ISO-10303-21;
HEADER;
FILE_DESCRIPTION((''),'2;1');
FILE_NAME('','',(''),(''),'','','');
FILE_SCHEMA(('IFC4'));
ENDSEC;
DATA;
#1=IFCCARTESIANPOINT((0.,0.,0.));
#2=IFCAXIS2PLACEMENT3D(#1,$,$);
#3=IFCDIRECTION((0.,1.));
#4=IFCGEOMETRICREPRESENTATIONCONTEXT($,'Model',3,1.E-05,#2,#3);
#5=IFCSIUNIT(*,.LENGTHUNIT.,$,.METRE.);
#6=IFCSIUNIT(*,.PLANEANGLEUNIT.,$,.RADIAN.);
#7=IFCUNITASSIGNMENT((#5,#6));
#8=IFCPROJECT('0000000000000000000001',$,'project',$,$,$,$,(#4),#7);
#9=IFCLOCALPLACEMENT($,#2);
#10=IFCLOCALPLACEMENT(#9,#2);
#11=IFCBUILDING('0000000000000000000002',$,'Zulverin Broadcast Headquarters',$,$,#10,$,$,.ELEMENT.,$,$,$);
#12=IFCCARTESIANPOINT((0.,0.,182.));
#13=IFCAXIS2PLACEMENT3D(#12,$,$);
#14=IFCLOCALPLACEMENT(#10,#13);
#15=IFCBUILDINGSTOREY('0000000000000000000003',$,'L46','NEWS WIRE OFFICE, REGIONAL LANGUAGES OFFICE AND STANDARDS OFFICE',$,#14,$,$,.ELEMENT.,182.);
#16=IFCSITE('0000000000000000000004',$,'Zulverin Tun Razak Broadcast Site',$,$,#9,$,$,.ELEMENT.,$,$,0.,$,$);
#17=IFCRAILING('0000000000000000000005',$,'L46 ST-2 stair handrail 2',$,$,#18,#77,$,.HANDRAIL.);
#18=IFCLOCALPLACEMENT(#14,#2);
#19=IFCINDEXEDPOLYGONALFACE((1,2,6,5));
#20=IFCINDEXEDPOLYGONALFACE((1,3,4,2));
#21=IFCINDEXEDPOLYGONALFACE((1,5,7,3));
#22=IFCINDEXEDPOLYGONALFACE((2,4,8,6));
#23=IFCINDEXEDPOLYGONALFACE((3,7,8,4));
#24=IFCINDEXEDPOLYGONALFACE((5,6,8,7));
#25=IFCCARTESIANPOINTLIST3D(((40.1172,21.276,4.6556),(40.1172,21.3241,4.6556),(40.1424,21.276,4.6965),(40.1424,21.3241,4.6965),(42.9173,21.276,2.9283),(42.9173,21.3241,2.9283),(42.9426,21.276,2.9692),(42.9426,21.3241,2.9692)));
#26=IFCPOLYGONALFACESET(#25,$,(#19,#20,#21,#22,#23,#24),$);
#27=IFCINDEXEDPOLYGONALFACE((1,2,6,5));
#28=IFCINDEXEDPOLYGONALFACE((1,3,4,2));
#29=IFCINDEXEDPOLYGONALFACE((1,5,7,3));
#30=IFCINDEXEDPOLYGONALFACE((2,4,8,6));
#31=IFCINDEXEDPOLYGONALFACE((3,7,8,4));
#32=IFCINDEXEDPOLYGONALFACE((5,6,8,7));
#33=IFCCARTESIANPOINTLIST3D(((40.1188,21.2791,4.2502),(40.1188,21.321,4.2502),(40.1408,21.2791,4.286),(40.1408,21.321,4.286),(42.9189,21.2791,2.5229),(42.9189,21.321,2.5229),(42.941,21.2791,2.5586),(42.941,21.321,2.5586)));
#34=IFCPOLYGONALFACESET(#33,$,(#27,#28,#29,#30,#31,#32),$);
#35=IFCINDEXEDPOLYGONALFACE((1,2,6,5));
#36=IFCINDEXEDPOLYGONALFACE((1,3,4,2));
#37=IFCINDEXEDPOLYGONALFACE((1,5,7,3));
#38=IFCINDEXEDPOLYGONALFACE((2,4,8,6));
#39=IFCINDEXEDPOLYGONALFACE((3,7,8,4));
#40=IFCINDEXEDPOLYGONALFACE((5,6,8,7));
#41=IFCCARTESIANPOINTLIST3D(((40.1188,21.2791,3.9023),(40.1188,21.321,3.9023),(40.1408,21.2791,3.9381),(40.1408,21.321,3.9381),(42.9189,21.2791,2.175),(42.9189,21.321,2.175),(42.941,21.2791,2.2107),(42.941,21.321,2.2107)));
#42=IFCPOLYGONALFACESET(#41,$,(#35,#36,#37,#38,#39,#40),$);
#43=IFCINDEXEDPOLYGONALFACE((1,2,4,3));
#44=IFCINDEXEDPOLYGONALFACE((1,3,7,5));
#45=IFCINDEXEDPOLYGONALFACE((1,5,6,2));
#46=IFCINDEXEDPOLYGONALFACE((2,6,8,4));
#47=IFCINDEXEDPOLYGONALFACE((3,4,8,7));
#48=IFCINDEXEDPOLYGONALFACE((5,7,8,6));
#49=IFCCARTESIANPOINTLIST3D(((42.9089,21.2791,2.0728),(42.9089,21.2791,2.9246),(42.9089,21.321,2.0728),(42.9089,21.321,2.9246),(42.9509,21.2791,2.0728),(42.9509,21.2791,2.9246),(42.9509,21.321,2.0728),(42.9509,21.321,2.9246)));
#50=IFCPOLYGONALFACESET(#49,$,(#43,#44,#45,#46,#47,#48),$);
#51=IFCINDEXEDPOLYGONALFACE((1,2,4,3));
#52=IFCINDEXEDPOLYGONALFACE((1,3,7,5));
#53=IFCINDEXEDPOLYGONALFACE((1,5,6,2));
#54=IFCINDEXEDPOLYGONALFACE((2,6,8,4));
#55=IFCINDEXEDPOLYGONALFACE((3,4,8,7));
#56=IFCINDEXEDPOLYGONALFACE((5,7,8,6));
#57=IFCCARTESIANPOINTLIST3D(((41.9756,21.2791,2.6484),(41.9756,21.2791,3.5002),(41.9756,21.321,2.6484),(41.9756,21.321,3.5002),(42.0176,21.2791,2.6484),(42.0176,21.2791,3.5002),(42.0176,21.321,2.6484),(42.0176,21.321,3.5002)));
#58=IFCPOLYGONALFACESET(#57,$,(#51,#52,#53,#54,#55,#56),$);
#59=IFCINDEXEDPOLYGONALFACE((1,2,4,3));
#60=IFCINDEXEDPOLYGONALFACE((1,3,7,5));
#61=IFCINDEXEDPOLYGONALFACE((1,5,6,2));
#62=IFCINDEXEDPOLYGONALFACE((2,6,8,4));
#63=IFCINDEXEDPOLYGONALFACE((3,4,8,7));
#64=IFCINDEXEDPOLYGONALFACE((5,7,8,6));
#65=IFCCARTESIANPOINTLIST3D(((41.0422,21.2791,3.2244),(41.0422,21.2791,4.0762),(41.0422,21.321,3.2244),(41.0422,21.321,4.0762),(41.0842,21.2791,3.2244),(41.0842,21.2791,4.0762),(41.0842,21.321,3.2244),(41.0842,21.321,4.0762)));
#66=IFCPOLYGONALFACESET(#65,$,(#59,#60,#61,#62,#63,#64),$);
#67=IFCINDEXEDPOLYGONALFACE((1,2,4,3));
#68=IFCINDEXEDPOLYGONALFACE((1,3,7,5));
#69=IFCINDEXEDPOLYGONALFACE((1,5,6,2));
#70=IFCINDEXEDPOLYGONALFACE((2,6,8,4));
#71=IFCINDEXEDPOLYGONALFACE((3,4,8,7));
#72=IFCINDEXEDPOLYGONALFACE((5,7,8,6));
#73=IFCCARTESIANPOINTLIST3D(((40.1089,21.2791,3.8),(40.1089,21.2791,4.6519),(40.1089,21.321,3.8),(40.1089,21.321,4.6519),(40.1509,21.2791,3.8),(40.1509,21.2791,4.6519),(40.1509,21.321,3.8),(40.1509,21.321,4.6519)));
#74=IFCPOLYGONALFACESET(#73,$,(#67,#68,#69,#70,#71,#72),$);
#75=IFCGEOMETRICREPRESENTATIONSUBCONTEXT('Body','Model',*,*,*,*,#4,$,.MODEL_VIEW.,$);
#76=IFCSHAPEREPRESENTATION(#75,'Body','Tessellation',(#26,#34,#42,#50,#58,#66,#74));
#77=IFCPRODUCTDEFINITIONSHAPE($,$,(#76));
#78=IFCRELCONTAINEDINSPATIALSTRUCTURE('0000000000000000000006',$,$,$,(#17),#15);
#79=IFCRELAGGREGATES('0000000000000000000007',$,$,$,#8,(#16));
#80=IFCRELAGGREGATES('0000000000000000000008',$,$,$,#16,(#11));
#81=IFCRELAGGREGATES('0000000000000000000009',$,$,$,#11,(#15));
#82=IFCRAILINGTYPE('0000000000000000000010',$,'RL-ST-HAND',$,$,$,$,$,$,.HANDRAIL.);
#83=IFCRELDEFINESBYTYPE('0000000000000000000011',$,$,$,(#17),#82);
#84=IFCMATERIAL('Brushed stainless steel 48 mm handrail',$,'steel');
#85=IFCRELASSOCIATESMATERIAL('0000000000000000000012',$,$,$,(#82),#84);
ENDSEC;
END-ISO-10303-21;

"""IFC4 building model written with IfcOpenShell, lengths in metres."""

from ifc_helpers import new_model, si_unit, direction, frame, origin, origin_2d, place, context, subcontext, project, spatial, rectangle, extrude, material, type_object, element, save


model = new_model("IFC4")

# Units and contexts
model_context = context("Model", 3, precision=1e-05, world=origin(), true_north=direction((0.0, 1.0)))
body_context = subcontext(model_context, "Body", "Model", "MODEL_VIEW")
ifc_project = project(units=[si_unit("LENGTHUNIT", "METRE"), si_unit("PLANEANGLEUNIT", "RADIAN")], contexts=[model_context])

# Site, building, storey
site_placement = place(None, origin())
site = spatial("IfcSite", under=ifc_project, at=site_placement, Name="Zulverin Tun Razak Broadcast Site", CompositionType="ELEMENT", RefElevation=0.0)
building_placement = place(site_placement, origin())
building = spatial("IfcBuilding", under=site, at=building_placement, Name="Zulverin Broadcast Headquarters", CompositionType="ELEMENT")
storey_placement = place(building_placement, frame((0.0, 0.0, 182.0)))
storey = spatial("IfcBuildingStorey", under=building, at=storey_placement, Name="L46", Description="NEWS WIRE OFFICE, REGIONAL LANGUAGES OFFICE AND STANDARDS OFFICE", CompositionType="ELEMENT", Elevation=182.0)

# Railing
ifc_material_1 = material(Name="Brushed stainless steel 48 mm handrail", Category="steel")
railing_type_1 = type_object("IfcRailingType", Name="RL-ST-HAND", PredefinedType="HANDRAIL", material=ifc_material_1)
railing_1_placement = place(storey_placement, frame((42.9299, 21.3, 2.0728)))
element("IfcRailing", 1, at=railing_1_placement, inside=storey, type_object=railing_type_1, Name="L46 ST-2 stair handrail 2", PredefinedType="HANDRAIL", context=body_context, shape_type="SweptSolid", body=[
    extrude(rectangle(XDim=0.0481, YDim=0.0481, at=origin_2d()), frame((0.0, 0.0, 0.876), z_axis=(-0.85109, 0.0, 0.52502), x_axis=(0.0, -1.0, 0.0)), (0.0, 0.0, 1.0), 3.29),
    extrude(rectangle(XDim=0.042, YDim=0.042, at=origin_2d()), frame((0.0, 0.0, 0.468), z_axis=(-0.85109, 0.0, 0.52502), x_axis=(0.0, -1.0, 0.0)), (0.0, 0.0, 1.0), 3.29),
    extrude(rectangle(XDim=0.042, YDim=0.042, at=origin_2d()), frame((0.0, 0.0, 0.1201), z_axis=(-0.85109, 0.0, 0.52502), x_axis=(0.0, -1.0, 0.0)), (0.0, 0.0, 1.0), 3.29),
    extrude(rectangle(XDim=0.042, YDim=0.042, at=origin_2d()), origin(), (0.0, 0.0, 1.0), 0.8518),
    extrude(rectangle(XDim=0.042, YDim=0.042, at=origin_2d()), frame((-0.9333, 0.0, 0.5757)), (0.0, 0.0, 1.0), 0.8518),
    extrude(rectangle(XDim=0.042, YDim=0.042, at=origin_2d()), frame((-1.8667, 0.0, 1.1516)), (0.0, 0.0, 1.0), 0.8518),
    extrude(rectangle(XDim=0.042, YDim=0.042, at=origin_2d()), frame((-2.8, 0.0, 1.7273)), (0.0, 0.0, 1.0), 0.8518),
])

save(model, "model.ifc")
